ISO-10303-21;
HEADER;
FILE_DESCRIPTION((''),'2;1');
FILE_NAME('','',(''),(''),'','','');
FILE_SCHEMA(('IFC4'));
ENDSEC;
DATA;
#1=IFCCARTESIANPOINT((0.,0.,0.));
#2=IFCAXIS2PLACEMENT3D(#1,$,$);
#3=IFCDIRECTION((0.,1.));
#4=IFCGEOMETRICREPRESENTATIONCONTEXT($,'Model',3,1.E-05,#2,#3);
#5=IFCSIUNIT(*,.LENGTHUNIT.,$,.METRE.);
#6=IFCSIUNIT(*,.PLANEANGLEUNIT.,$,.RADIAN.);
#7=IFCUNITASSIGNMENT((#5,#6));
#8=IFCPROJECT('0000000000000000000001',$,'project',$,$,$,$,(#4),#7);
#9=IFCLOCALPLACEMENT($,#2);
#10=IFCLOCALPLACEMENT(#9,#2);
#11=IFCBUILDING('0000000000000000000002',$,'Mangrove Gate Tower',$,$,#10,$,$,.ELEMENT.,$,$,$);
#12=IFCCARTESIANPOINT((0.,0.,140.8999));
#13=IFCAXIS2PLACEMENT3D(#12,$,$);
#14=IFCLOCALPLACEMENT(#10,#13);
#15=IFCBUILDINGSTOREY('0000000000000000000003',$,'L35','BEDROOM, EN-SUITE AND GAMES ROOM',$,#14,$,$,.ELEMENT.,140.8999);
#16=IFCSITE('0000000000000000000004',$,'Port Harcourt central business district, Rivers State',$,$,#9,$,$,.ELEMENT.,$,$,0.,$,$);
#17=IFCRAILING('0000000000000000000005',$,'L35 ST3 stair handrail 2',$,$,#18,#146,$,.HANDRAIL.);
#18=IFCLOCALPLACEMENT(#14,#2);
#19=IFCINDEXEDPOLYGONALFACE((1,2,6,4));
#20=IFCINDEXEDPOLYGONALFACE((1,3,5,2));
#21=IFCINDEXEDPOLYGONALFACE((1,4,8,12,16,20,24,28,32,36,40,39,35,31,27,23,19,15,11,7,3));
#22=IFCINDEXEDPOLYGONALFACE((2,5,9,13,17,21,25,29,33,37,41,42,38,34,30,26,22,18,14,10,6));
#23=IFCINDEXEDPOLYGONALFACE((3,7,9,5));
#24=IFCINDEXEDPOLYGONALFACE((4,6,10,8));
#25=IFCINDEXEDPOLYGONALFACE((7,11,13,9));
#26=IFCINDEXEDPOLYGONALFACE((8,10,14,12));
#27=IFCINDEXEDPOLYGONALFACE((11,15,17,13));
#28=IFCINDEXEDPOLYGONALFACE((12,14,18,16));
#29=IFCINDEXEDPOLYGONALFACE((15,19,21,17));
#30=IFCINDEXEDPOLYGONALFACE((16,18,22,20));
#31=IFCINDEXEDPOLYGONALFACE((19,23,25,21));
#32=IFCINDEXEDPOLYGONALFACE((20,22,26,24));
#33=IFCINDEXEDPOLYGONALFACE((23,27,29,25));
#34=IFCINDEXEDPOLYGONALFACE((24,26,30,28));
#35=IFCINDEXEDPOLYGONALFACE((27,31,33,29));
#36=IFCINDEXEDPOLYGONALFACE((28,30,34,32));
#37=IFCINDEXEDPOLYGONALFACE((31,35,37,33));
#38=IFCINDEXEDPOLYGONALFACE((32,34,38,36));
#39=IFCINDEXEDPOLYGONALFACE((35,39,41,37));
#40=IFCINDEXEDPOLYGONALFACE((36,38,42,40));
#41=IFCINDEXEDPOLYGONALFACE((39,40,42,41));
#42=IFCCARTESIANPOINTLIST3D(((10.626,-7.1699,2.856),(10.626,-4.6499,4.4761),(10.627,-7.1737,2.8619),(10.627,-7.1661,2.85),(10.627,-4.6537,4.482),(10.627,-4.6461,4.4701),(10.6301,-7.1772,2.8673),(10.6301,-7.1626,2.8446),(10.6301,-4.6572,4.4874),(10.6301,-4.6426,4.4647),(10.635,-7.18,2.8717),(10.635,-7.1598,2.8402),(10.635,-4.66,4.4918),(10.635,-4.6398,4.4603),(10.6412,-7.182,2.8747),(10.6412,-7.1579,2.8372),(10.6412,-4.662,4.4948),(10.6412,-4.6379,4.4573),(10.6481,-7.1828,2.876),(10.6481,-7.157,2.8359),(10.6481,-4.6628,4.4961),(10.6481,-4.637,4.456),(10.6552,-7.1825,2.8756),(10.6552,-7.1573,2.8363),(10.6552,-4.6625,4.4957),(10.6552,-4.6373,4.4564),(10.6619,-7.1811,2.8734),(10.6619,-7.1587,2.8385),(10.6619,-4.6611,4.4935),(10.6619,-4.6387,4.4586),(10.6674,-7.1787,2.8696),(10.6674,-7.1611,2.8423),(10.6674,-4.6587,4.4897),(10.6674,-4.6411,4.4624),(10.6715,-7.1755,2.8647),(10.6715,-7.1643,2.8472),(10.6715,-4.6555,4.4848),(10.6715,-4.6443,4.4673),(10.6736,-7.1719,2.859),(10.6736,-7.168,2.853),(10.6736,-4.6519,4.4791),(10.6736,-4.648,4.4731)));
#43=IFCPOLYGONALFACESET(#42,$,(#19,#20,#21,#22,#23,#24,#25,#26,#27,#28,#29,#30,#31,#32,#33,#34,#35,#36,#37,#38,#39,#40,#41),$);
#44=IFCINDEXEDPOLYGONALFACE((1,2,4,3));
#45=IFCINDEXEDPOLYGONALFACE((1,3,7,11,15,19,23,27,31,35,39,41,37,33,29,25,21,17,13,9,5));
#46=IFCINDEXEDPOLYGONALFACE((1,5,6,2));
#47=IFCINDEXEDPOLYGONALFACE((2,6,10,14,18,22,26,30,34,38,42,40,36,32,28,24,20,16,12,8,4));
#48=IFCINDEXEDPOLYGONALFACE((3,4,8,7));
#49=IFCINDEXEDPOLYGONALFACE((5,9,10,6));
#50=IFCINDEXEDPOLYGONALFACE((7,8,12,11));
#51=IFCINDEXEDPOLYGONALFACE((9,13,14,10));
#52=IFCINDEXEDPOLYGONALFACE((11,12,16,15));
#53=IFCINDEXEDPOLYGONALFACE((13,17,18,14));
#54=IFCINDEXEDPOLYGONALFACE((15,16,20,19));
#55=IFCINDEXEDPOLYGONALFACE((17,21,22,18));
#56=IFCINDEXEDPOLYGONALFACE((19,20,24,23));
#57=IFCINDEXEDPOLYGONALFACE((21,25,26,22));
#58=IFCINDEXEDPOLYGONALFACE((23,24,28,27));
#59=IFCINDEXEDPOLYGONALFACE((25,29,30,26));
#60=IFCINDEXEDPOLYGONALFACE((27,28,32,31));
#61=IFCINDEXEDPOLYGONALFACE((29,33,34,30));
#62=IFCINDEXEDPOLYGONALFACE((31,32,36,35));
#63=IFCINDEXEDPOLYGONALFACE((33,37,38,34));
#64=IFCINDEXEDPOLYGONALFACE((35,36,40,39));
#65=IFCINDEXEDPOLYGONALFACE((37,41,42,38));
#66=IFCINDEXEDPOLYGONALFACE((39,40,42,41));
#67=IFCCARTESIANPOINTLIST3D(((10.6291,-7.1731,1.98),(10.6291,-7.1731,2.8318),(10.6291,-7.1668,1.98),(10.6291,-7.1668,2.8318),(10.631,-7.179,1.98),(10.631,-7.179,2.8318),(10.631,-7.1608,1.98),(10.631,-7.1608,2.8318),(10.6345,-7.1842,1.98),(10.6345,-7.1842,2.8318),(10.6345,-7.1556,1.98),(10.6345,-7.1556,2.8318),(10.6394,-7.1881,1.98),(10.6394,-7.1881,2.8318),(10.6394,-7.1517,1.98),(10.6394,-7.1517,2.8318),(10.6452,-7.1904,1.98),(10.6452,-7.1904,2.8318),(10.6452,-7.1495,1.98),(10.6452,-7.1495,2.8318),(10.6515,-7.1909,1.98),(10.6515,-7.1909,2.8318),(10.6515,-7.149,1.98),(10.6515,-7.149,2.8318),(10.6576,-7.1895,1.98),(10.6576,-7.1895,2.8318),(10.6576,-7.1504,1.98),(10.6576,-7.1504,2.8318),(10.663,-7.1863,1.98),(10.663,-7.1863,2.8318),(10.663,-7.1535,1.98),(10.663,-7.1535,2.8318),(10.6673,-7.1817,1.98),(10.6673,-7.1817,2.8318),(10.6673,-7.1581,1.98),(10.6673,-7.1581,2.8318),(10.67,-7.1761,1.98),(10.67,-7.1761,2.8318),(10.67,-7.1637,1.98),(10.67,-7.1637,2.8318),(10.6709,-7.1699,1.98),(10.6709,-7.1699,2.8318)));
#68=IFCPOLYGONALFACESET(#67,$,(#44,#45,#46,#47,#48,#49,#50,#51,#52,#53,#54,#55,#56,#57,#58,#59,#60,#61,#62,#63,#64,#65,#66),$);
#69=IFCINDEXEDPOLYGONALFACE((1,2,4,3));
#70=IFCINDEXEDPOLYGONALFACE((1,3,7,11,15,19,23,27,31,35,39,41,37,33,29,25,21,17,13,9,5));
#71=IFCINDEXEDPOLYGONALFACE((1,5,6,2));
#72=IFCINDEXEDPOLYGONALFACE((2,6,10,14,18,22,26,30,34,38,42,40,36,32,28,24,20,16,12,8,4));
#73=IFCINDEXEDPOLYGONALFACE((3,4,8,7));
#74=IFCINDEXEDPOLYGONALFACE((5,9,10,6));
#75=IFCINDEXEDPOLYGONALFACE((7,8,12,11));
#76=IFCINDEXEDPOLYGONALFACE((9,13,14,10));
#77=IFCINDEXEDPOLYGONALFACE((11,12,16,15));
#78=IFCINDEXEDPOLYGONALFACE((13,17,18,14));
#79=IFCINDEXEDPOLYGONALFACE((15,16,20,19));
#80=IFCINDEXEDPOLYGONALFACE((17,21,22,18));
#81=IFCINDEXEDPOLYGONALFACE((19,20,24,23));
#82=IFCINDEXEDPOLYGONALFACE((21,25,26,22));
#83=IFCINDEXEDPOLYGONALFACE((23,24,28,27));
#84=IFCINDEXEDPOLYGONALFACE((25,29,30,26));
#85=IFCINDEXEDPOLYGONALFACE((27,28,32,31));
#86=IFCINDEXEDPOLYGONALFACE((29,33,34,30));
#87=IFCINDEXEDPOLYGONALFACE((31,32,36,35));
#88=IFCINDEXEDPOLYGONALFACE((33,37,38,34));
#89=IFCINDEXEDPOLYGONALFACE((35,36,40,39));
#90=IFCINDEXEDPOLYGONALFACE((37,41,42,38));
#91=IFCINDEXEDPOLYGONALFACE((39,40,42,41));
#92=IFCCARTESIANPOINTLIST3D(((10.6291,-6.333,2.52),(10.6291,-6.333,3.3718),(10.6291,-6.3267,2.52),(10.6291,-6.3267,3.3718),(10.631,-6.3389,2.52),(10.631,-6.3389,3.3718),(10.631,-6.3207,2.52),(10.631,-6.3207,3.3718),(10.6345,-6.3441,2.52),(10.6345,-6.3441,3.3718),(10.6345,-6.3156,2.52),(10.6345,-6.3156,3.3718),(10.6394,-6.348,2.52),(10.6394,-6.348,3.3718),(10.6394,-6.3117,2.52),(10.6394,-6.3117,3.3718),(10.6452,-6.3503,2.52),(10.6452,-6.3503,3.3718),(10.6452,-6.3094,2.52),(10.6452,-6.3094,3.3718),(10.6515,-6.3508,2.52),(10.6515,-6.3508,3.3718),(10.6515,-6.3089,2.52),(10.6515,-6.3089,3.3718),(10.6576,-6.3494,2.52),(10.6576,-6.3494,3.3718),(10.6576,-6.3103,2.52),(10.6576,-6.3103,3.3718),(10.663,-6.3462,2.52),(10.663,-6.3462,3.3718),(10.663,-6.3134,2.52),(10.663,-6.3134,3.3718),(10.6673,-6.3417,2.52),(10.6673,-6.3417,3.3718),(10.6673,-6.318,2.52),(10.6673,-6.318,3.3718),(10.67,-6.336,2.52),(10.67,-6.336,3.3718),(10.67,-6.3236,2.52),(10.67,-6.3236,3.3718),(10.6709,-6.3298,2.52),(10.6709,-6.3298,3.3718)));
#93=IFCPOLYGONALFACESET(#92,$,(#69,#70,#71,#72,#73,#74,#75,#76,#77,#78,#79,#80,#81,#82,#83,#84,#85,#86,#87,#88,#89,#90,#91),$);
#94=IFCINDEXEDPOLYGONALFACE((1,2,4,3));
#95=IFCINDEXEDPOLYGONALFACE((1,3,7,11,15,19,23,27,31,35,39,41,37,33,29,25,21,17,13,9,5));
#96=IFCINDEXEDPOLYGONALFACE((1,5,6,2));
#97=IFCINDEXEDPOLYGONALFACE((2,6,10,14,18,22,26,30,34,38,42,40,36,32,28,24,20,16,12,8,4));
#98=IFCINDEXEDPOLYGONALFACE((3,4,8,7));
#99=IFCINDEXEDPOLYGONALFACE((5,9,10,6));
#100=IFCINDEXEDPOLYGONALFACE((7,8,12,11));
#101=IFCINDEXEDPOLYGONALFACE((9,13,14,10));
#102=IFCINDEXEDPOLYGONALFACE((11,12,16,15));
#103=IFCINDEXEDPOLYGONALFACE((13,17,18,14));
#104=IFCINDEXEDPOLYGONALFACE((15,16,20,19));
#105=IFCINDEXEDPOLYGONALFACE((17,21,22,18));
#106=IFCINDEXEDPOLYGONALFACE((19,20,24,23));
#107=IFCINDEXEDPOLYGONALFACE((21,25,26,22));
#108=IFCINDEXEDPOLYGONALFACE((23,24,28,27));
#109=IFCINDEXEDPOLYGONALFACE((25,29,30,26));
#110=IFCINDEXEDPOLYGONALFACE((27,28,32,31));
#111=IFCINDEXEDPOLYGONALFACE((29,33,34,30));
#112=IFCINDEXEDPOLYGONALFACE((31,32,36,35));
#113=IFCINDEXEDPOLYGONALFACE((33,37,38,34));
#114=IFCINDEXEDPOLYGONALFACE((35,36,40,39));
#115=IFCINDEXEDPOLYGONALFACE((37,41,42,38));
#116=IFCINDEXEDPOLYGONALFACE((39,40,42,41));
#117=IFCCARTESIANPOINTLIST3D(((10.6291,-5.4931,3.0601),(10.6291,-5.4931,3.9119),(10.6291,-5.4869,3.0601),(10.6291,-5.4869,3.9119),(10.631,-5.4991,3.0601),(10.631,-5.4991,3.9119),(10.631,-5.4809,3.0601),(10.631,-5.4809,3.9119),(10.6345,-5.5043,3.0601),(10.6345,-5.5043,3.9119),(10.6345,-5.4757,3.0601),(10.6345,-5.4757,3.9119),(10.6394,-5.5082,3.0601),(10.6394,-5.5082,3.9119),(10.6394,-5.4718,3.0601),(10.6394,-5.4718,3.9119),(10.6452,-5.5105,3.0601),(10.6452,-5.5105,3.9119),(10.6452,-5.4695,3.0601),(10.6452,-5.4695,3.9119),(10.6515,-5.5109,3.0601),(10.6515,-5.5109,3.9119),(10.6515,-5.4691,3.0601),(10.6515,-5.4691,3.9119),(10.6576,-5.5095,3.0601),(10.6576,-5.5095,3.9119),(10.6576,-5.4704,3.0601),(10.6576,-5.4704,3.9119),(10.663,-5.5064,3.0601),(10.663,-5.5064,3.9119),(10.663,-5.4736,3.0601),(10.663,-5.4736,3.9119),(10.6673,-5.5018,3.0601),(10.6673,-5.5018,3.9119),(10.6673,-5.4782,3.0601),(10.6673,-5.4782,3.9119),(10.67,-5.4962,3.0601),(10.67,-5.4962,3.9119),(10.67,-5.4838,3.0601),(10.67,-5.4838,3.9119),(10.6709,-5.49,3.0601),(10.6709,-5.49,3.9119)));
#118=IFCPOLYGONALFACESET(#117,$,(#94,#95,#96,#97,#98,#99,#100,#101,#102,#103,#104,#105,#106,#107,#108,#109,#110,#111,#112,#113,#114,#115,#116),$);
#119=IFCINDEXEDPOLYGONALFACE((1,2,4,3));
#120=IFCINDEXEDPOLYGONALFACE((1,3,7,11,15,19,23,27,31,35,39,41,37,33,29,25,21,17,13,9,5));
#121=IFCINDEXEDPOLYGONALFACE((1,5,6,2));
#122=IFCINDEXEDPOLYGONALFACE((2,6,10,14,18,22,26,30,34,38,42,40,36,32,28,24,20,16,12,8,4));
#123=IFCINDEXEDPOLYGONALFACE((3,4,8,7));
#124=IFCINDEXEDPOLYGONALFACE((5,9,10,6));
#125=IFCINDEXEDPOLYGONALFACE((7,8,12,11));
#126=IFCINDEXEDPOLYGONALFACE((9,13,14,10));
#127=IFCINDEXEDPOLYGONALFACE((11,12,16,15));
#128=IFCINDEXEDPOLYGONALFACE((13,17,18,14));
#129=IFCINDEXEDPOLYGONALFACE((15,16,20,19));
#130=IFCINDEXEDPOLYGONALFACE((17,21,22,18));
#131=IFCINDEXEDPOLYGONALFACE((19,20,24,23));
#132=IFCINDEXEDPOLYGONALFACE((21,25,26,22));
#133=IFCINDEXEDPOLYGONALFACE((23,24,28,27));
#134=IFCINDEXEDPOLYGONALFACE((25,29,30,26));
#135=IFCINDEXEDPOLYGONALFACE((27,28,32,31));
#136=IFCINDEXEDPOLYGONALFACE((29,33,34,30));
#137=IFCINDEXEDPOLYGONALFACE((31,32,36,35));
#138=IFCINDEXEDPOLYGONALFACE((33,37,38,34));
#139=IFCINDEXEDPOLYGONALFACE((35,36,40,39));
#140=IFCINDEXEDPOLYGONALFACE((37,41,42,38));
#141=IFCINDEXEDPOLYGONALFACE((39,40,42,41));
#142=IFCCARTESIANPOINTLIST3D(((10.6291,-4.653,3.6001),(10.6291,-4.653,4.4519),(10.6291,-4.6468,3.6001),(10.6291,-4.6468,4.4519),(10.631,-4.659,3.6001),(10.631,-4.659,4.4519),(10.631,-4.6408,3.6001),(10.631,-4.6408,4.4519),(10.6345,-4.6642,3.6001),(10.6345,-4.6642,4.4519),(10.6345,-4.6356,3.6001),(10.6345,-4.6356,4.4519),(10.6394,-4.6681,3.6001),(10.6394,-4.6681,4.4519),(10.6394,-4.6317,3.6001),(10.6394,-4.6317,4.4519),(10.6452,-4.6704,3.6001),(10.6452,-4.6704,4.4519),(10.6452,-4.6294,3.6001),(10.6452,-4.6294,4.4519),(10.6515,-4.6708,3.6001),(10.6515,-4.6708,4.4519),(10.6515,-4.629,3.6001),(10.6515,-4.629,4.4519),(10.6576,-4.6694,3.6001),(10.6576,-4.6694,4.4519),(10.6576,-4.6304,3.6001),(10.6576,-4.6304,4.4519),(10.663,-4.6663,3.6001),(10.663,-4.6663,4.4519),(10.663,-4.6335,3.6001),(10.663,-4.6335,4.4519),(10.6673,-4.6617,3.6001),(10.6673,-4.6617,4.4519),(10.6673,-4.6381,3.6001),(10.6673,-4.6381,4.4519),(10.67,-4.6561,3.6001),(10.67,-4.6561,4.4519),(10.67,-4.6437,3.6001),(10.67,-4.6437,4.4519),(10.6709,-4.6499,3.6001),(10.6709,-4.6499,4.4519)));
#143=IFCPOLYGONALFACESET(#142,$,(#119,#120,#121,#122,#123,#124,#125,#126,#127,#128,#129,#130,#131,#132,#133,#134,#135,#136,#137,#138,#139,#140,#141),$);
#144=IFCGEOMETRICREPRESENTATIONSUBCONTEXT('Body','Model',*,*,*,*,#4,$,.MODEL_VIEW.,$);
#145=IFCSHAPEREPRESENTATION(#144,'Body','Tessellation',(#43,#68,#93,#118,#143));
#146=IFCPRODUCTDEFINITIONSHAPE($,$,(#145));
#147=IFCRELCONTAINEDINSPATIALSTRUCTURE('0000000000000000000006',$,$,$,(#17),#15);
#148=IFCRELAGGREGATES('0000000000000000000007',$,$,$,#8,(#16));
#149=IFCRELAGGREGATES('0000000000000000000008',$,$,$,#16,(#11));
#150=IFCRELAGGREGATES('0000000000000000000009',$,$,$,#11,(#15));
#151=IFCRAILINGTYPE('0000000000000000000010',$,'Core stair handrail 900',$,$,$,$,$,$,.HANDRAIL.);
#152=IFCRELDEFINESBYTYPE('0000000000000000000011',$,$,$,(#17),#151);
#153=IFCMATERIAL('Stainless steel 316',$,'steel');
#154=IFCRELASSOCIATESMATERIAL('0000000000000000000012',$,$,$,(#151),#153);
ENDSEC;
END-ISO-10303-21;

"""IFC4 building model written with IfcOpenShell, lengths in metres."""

from ifc_helpers import new_model, si_unit, direction, frame, origin, origin_2d, place, context, subcontext, project, spatial, circle, extrude, material, type_object, element, save


model = new_model("IFC4")

# Units and contexts
model_context = context("Model", 3, precision=1e-05, world=origin(), true_north=direction((0.0, 1.0)))
body_context = subcontext(model_context, "Body", "Model", "MODEL_VIEW")
ifc_project = project(units=[si_unit("LENGTHUNIT", "METRE"), si_unit("PLANEANGLEUNIT", "RADIAN")], contexts=[model_context])

# Site, building, storey
site_placement = place(None, origin())
site = spatial("IfcSite", under=ifc_project, at=site_placement, Name="Port Harcourt central business district, Rivers State", CompositionType="ELEMENT", RefElevation=0.0)
building_placement = place(site_placement, origin())
building = spatial("IfcBuilding", under=site, at=building_placement, Name="Mangrove Gate Tower", CompositionType="ELEMENT")
storey_placement = place(building_placement, frame((0.0, 0.0, 140.8999)))
storey = spatial("IfcBuildingStorey", under=building, at=storey_placement, Name="L35", Description="BEDROOM, EN-SUITE AND GAMES ROOM", CompositionType="ELEMENT", Elevation=140.8999)

# Railing
ifc_material_1 = material(Name="Stainless steel 316", Category="steel")
railing_type_1 = type_object("IfcRailingType", Name="Core stair handrail 900", PredefinedType="HANDRAIL", material=ifc_material_1)
railing_1_placement = place(storey_placement, frame((10.6499, -7.1699, 1.98)))
element("IfcRailing", 1, at=railing_1_placement, inside=storey, type_object=railing_type_1, Name="L35 ST3 stair handrail 2", PredefinedType="HANDRAIL", context=body_context, shape_type="SweptSolid", body=[
    extrude(circle(Radius=0.0239, at=origin_2d()), frame((0.0, 0.0, 0.876), z_axis=(0.0, 0.841163, 0.540782), x_axis=(-1.0, 0.0, 0.0)), (0.0, 0.0, 1.0), 2.9958),
    extrude(circle(Radius=0.021, at=origin_2d()), origin(), (0.0, 0.0, 1.0), 0.8518),
    extrude(circle(Radius=0.021, at=origin_2d()), frame((0.0, 0.8401, 0.54)), (0.0, 0.0, 1.0), 0.8518),
    extrude(circle(Radius=0.021, at=origin_2d()), frame((0.0, 1.6799, 1.0801)), (0.0, 0.0, 1.0), 0.8518),
    extrude(circle(Radius=0.021, at=origin_2d()), frame((0.0, 2.52, 1.6201)), (0.0, 0.0, 1.0), 0.8518),
])

save(model, "model.ifc")
